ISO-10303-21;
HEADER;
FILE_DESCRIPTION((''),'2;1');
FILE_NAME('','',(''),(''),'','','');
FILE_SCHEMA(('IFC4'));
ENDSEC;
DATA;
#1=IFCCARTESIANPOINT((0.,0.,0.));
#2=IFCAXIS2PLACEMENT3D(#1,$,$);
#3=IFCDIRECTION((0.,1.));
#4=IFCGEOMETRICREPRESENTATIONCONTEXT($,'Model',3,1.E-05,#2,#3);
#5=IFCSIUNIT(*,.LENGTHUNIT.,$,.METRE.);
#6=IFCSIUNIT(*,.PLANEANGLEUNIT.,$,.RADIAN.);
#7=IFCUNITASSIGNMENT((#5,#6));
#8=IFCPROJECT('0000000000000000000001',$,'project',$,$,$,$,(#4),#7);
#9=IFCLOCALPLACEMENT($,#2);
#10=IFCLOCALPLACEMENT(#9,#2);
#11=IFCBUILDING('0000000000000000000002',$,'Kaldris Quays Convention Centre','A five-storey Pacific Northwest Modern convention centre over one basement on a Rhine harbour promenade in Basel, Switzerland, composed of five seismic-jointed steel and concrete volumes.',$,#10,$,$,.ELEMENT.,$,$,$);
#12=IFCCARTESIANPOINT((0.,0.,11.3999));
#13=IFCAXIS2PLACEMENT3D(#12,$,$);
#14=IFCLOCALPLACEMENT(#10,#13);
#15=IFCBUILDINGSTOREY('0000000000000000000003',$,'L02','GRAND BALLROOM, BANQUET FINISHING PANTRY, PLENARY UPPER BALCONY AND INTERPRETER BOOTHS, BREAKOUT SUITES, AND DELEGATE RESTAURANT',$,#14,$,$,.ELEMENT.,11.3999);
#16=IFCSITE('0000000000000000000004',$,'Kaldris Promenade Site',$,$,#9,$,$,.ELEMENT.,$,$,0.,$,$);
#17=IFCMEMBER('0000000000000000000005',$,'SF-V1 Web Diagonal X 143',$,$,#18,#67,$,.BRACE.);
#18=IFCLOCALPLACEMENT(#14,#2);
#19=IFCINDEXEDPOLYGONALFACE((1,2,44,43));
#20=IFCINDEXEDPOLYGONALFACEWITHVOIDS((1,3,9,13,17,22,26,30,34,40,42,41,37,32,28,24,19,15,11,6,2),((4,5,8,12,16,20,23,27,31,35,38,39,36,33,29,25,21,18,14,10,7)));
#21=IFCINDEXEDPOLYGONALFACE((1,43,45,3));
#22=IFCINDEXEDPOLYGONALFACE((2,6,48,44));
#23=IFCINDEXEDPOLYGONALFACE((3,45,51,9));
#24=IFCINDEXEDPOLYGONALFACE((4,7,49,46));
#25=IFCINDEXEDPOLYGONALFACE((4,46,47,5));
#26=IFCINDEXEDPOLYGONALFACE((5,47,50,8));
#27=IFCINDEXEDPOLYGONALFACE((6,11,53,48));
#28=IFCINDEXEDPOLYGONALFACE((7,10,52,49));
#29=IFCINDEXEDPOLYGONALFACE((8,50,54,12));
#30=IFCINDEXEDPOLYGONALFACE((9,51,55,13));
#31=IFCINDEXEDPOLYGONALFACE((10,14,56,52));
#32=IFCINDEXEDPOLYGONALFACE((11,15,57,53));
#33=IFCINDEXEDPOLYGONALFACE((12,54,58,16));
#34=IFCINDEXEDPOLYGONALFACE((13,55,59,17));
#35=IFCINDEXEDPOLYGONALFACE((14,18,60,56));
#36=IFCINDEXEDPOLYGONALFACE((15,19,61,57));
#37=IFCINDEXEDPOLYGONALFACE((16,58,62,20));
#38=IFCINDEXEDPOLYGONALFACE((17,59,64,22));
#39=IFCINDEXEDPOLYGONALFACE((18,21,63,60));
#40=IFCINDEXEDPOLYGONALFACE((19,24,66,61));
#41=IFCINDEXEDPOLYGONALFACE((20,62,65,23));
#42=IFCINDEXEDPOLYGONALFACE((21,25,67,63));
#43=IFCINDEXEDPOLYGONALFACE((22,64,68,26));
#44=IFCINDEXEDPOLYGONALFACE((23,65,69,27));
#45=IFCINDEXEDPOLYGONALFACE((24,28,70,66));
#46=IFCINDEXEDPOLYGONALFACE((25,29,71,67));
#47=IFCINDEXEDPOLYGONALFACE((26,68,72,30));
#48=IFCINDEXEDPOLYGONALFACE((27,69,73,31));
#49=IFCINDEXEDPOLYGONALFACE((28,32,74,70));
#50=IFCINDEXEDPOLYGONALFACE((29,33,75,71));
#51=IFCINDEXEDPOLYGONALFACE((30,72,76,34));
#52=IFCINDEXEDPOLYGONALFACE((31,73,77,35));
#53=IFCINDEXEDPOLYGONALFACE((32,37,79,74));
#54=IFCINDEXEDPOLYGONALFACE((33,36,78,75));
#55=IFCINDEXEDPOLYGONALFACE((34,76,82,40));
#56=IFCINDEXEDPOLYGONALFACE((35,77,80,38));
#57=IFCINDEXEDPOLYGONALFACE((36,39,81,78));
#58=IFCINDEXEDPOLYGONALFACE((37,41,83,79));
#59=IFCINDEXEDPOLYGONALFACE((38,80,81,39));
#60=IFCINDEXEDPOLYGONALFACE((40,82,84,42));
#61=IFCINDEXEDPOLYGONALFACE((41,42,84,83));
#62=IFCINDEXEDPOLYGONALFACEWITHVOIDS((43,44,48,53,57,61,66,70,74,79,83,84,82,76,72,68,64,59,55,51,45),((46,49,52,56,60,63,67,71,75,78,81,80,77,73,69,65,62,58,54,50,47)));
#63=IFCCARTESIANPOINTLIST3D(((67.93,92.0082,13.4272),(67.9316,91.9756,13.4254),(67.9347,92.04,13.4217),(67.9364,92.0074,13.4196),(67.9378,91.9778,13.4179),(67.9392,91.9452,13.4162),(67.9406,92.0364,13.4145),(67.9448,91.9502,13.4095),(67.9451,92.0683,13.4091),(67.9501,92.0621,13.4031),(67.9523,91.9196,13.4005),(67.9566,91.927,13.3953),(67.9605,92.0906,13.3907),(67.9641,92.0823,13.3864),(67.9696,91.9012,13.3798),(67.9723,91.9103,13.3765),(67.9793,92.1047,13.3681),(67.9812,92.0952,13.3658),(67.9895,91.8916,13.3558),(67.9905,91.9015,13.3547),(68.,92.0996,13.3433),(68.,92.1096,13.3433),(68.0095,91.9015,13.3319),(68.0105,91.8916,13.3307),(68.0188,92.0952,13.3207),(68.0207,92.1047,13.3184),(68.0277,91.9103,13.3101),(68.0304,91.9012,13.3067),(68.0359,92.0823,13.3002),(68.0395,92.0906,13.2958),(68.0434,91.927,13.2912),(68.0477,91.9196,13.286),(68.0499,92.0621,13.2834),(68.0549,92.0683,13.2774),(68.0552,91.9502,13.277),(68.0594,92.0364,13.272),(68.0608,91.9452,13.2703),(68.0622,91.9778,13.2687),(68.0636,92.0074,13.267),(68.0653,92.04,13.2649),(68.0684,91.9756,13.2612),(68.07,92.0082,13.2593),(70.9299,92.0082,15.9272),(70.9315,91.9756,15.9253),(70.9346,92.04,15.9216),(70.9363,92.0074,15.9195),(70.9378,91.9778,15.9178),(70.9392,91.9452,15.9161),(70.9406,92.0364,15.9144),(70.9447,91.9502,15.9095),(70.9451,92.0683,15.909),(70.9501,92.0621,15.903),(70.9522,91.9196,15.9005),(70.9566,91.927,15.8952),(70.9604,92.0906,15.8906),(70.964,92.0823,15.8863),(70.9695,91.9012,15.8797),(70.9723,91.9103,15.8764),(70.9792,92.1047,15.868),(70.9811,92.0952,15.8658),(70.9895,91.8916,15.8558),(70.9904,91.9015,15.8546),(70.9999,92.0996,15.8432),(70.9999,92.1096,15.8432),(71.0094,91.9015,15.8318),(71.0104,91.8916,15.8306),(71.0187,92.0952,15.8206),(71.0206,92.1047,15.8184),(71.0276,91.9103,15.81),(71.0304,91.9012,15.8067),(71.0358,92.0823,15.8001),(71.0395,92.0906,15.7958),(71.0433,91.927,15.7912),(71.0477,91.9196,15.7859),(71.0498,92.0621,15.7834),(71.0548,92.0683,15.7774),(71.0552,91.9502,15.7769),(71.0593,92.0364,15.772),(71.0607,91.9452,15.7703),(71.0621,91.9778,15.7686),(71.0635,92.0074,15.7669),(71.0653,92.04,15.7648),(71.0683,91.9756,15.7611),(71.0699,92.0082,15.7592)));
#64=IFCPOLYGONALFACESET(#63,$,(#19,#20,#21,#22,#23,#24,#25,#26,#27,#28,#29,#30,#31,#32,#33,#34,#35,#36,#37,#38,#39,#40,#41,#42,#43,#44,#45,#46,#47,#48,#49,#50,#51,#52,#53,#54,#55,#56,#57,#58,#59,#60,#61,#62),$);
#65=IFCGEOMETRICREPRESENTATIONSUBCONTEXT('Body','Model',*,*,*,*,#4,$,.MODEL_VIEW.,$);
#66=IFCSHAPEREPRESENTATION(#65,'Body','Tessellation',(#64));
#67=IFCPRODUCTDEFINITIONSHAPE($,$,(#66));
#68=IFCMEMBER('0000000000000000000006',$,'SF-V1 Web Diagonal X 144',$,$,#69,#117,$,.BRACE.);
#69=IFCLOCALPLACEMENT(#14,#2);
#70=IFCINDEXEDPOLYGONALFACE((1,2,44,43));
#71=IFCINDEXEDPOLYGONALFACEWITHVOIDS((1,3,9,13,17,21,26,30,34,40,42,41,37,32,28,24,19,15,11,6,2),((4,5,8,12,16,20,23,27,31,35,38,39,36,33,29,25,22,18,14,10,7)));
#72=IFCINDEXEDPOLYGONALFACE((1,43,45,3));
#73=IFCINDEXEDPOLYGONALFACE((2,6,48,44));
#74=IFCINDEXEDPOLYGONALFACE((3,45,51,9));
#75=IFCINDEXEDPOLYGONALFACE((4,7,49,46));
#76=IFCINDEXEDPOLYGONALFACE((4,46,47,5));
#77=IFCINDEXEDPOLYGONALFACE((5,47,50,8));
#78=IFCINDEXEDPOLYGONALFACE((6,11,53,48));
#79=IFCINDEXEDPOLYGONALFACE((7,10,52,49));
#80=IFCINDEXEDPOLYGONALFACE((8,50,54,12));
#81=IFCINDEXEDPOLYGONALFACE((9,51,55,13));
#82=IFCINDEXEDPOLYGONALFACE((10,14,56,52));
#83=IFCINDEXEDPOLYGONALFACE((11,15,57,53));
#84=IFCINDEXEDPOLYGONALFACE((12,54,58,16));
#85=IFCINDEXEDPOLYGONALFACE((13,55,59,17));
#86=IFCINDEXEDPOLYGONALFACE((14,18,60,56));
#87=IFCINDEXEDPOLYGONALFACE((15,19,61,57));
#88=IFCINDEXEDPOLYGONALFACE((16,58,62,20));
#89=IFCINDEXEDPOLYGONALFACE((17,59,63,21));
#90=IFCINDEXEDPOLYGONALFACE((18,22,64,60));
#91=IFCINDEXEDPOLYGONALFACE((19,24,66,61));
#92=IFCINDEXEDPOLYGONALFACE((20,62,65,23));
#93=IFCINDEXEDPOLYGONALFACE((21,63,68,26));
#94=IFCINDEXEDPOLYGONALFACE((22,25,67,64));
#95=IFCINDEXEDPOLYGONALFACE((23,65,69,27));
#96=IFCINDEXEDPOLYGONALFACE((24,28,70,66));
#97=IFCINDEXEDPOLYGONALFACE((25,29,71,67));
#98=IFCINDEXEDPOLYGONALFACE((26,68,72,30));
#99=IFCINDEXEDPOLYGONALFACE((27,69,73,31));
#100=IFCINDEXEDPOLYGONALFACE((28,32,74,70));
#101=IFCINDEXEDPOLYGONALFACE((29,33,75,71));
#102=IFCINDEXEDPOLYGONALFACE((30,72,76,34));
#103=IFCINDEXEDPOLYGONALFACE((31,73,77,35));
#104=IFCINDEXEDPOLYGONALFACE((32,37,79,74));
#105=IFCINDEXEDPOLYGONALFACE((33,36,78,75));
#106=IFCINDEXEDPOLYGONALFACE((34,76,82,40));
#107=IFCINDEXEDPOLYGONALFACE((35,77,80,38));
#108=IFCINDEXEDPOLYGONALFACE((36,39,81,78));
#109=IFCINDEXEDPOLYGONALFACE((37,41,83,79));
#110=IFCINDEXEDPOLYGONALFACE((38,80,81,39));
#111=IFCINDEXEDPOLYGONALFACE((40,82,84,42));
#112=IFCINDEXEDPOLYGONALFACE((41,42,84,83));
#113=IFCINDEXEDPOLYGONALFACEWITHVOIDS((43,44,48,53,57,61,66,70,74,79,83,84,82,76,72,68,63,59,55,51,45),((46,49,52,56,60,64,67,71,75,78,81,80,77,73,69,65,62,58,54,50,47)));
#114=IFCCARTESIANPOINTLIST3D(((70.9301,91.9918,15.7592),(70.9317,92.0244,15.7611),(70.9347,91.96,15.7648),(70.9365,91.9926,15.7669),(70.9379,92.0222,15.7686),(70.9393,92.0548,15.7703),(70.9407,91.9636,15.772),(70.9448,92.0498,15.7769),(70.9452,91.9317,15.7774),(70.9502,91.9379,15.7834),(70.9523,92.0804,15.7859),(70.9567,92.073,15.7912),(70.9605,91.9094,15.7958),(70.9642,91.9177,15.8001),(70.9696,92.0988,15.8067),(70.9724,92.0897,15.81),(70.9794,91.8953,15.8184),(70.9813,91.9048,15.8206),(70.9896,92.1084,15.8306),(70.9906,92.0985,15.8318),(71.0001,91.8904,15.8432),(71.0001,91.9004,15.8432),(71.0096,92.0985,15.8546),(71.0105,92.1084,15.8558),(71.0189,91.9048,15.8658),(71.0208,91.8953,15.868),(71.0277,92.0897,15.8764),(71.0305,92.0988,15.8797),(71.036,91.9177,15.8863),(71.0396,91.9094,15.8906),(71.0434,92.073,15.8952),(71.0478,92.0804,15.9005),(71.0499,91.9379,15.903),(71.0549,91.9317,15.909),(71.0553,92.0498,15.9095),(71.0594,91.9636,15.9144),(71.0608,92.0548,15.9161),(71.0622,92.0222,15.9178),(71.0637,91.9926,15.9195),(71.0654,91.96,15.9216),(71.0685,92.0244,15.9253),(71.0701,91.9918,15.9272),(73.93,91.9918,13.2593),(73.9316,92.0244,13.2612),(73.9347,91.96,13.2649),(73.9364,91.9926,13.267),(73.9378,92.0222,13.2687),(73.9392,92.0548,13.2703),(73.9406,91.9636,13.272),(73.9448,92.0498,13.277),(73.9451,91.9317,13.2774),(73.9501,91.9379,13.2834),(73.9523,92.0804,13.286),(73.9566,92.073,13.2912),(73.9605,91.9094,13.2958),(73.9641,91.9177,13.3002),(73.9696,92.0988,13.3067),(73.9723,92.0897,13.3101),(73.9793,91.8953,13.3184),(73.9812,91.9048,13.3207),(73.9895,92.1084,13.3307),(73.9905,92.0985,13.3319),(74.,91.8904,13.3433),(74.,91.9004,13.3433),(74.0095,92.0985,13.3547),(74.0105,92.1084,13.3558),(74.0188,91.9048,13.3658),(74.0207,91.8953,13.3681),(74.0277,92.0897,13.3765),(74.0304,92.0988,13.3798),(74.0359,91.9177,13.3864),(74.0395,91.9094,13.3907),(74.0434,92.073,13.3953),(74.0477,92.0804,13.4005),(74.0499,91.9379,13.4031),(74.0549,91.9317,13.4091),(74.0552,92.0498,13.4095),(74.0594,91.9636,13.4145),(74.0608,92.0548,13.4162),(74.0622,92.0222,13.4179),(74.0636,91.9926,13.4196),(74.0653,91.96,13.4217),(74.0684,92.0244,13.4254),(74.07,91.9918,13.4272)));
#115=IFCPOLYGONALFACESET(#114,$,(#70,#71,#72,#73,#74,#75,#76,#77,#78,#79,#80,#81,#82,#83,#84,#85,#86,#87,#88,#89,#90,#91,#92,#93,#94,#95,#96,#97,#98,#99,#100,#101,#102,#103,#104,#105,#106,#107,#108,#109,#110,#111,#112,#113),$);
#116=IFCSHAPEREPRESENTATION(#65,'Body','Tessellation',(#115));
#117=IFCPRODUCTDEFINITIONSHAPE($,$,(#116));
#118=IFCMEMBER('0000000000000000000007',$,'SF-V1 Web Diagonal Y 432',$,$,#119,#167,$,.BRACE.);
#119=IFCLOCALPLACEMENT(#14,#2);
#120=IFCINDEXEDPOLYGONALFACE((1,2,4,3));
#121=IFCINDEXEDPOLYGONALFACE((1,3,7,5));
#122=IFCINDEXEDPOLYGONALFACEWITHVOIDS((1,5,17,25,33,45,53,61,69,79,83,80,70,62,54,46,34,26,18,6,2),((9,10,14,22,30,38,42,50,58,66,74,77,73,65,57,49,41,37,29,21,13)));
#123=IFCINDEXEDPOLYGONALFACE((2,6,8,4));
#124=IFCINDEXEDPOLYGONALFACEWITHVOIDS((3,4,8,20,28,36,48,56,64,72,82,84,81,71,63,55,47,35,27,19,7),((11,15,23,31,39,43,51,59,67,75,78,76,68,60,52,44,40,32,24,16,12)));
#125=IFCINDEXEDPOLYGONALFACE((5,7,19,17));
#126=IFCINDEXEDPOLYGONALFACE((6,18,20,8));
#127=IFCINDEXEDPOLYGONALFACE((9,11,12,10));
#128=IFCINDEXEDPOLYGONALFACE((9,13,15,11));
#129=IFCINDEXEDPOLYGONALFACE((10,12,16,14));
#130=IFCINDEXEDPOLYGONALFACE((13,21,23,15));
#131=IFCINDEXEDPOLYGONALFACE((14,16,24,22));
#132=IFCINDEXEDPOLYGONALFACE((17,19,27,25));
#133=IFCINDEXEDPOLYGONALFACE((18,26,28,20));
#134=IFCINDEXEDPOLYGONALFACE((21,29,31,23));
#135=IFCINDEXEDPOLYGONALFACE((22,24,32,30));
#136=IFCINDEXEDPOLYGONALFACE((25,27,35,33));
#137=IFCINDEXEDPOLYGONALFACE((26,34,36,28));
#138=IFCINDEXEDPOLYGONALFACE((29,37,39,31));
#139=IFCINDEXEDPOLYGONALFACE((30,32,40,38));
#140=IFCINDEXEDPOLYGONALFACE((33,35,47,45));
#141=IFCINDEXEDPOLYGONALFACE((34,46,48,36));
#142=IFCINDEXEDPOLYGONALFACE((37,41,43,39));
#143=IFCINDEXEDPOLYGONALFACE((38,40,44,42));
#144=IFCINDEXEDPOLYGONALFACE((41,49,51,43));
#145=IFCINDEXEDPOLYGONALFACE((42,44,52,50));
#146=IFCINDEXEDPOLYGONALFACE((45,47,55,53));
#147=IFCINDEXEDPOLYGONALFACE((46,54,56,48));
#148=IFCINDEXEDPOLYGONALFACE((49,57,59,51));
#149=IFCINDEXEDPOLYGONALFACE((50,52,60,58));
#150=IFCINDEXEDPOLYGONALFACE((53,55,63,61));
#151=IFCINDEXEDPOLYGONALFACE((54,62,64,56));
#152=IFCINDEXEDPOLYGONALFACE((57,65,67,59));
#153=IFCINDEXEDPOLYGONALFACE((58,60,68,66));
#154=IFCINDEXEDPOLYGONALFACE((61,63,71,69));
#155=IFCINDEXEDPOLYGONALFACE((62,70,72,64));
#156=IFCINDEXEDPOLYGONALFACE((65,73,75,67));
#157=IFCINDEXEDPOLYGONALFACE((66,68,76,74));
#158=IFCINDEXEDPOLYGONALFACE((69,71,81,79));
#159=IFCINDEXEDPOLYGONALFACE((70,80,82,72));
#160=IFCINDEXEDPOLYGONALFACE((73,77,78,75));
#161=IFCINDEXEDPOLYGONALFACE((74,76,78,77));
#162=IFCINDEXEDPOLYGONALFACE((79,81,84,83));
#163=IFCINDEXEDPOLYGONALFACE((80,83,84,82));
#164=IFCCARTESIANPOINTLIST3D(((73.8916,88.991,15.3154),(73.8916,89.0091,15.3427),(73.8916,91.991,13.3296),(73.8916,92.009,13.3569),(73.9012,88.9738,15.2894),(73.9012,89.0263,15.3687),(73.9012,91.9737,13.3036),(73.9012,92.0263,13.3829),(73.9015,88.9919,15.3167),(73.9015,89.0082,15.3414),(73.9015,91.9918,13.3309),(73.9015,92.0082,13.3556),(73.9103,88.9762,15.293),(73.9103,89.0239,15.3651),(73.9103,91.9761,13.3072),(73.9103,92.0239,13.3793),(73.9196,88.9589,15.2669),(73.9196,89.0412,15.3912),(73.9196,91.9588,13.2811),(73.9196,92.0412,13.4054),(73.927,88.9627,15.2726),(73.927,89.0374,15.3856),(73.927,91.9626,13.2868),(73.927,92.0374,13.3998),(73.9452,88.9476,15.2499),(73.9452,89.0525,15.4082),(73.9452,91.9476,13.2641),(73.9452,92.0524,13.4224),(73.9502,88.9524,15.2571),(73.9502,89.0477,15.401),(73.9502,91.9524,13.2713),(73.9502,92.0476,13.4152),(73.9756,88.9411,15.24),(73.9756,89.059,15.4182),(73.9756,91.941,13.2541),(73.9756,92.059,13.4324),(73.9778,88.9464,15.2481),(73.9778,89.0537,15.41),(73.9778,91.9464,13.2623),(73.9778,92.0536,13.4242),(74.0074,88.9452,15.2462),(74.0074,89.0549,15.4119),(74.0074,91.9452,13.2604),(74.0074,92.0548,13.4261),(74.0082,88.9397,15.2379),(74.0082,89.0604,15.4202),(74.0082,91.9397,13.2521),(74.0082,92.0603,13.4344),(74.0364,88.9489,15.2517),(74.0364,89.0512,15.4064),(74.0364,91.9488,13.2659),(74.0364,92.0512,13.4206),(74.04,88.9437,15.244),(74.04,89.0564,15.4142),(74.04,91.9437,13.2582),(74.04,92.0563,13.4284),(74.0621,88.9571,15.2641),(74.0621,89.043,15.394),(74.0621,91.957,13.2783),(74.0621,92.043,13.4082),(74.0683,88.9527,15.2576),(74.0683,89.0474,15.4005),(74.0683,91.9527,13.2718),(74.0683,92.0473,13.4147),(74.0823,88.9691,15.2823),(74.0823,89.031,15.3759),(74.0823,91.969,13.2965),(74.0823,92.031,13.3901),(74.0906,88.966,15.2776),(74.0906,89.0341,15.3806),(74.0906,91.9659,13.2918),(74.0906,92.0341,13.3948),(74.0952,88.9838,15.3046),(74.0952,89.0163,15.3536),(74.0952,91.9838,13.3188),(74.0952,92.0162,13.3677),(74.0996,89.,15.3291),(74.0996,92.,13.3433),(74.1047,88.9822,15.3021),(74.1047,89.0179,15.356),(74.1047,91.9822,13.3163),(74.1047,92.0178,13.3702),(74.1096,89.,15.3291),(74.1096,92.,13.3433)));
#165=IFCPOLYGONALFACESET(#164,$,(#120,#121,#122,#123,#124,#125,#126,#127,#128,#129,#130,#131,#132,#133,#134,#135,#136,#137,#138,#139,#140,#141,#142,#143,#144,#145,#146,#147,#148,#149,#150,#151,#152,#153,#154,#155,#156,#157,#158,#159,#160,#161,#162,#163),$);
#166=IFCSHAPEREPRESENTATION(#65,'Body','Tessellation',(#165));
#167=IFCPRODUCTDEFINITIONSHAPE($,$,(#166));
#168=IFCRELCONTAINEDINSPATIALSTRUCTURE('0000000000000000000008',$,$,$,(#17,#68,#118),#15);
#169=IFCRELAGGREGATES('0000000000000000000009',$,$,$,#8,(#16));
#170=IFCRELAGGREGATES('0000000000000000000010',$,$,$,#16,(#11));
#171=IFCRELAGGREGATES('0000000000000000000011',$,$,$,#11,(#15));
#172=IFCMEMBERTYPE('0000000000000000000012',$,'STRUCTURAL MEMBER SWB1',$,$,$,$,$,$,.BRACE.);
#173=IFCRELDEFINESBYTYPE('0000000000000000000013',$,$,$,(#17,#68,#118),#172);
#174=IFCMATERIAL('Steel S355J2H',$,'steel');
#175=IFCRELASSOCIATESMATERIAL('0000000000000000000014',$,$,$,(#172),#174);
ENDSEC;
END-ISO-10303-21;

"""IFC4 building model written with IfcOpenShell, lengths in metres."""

from ifc_helpers import new_model, si_unit, direction, frame, origin, origin_2d, place, context, subcontext, project, spatial, hollow_circle, extrude, material, material_profile, profile_set, type_object, element, save


model = new_model("IFC4")

# Units and contexts
model_context = context("Model", 3, precision=1e-05, world=origin(), true_north=direction((0.0, 1.0)))
body_context = subcontext(model_context, "Body", "Model", "MODEL_VIEW")
ifc_project = project(units=[si_unit("LENGTHUNIT", "METRE"), si_unit("PLANEANGLEUNIT", "RADIAN")], contexts=[model_context])

# Site, building, storey
site_placement = place(None, origin())
site = spatial("IfcSite", under=ifc_project, at=site_placement, Name="Kaldris Promenade Site", CompositionType="ELEMENT", RefElevation=0.0)
building_placement = place(site_placement, origin())
building = spatial("IfcBuilding", under=site, at=building_placement, Name="Kaldris Quays Convention Centre", Description="A five-storey Pacific Northwest Modern convention centre over one basement on a Rhine harbour promenade in Basel, Switzerland, composed of five seismic-jointed steel and concrete volumes.", CompositionType="ELEMENT")
storey_placement = place(building_placement, frame((0.0, 0.0, 11.3999)))
storey = spatial("IfcBuildingStorey", under=building, at=storey_placement, Name="L02", Description="GRAND BALLROOM, BANQUET FINISHING PANTRY, PLENARY UPPER BALCONY AND INTERPRETER BOOTHS, BREAKOUT SUITES, AND DELEGATE RESTAURANT", CompositionType="ELEMENT", Elevation=11.3999)

# Members
ifc_material_1 = material(Name="Steel S355J2H", Category="steel")
ifc_material_profile_1 = material_profile(ifc_material_1, hollow_circle(Radius=0.1096, WallThickness=0.01, at=origin_2d()), Name="CHS 219.1x10")
ifc_profile_set_1 = profile_set([ifc_material_profile_1], Name="Steel S355J2H")
member_type_1 = type_object("IfcMemberType", Name="STRUCTURAL MEMBER SWB1", PredefinedType="BRACE", material=ifc_profile_set_1)
for number, where, z_axis, x_axis, name in (
    (1, (68.0, 92.0, 13.3433), (0.768221, 0.0, 0.640184), (0.0, 1.0, 0.0), "SF-V1 Web Diagonal X 143"),
    (2, (74.0, 92.0, 13.3433), (-0.768221, 0.0, 0.640184), (0.0, -1.0, 0.0), "SF-V1 Web Diagonal X 144"),
):
    element("IfcMember", number, at=place(storey_placement, frame(where, z_axis=z_axis, x_axis=x_axis)), inside=storey, type_object=member_type_1, Name=name, PredefinedType="BRACE", context=body_context, shape_type="SweptSolid", body=[
        extrude(hollow_circle(Radius=0.1096, WallThickness=0.01, at=origin_2d()), origin(), (0.0, 0.0, 1.0), 3.905),
    ])
member_1_placement = place(storey_placement, frame((74.0, 92.0, 13.3433), z_axis=(0.0, -0.833862, 0.551972), x_axis=(1.0, 0.0, 0.0)))
element("IfcMember", 3, at=member_1_placement, inside=storey, type_object=member_type_1, Name="SF-V1 Web Diagonal Y 432", PredefinedType="BRACE", context=body_context, shape_type="SweptSolid", body=[
    extrude(hollow_circle(Radius=0.1096, WallThickness=0.01, at=origin_2d()), origin(), (0.0, 0.0, 1.0), 3.5977),
])

save(model, "model.ifc")
